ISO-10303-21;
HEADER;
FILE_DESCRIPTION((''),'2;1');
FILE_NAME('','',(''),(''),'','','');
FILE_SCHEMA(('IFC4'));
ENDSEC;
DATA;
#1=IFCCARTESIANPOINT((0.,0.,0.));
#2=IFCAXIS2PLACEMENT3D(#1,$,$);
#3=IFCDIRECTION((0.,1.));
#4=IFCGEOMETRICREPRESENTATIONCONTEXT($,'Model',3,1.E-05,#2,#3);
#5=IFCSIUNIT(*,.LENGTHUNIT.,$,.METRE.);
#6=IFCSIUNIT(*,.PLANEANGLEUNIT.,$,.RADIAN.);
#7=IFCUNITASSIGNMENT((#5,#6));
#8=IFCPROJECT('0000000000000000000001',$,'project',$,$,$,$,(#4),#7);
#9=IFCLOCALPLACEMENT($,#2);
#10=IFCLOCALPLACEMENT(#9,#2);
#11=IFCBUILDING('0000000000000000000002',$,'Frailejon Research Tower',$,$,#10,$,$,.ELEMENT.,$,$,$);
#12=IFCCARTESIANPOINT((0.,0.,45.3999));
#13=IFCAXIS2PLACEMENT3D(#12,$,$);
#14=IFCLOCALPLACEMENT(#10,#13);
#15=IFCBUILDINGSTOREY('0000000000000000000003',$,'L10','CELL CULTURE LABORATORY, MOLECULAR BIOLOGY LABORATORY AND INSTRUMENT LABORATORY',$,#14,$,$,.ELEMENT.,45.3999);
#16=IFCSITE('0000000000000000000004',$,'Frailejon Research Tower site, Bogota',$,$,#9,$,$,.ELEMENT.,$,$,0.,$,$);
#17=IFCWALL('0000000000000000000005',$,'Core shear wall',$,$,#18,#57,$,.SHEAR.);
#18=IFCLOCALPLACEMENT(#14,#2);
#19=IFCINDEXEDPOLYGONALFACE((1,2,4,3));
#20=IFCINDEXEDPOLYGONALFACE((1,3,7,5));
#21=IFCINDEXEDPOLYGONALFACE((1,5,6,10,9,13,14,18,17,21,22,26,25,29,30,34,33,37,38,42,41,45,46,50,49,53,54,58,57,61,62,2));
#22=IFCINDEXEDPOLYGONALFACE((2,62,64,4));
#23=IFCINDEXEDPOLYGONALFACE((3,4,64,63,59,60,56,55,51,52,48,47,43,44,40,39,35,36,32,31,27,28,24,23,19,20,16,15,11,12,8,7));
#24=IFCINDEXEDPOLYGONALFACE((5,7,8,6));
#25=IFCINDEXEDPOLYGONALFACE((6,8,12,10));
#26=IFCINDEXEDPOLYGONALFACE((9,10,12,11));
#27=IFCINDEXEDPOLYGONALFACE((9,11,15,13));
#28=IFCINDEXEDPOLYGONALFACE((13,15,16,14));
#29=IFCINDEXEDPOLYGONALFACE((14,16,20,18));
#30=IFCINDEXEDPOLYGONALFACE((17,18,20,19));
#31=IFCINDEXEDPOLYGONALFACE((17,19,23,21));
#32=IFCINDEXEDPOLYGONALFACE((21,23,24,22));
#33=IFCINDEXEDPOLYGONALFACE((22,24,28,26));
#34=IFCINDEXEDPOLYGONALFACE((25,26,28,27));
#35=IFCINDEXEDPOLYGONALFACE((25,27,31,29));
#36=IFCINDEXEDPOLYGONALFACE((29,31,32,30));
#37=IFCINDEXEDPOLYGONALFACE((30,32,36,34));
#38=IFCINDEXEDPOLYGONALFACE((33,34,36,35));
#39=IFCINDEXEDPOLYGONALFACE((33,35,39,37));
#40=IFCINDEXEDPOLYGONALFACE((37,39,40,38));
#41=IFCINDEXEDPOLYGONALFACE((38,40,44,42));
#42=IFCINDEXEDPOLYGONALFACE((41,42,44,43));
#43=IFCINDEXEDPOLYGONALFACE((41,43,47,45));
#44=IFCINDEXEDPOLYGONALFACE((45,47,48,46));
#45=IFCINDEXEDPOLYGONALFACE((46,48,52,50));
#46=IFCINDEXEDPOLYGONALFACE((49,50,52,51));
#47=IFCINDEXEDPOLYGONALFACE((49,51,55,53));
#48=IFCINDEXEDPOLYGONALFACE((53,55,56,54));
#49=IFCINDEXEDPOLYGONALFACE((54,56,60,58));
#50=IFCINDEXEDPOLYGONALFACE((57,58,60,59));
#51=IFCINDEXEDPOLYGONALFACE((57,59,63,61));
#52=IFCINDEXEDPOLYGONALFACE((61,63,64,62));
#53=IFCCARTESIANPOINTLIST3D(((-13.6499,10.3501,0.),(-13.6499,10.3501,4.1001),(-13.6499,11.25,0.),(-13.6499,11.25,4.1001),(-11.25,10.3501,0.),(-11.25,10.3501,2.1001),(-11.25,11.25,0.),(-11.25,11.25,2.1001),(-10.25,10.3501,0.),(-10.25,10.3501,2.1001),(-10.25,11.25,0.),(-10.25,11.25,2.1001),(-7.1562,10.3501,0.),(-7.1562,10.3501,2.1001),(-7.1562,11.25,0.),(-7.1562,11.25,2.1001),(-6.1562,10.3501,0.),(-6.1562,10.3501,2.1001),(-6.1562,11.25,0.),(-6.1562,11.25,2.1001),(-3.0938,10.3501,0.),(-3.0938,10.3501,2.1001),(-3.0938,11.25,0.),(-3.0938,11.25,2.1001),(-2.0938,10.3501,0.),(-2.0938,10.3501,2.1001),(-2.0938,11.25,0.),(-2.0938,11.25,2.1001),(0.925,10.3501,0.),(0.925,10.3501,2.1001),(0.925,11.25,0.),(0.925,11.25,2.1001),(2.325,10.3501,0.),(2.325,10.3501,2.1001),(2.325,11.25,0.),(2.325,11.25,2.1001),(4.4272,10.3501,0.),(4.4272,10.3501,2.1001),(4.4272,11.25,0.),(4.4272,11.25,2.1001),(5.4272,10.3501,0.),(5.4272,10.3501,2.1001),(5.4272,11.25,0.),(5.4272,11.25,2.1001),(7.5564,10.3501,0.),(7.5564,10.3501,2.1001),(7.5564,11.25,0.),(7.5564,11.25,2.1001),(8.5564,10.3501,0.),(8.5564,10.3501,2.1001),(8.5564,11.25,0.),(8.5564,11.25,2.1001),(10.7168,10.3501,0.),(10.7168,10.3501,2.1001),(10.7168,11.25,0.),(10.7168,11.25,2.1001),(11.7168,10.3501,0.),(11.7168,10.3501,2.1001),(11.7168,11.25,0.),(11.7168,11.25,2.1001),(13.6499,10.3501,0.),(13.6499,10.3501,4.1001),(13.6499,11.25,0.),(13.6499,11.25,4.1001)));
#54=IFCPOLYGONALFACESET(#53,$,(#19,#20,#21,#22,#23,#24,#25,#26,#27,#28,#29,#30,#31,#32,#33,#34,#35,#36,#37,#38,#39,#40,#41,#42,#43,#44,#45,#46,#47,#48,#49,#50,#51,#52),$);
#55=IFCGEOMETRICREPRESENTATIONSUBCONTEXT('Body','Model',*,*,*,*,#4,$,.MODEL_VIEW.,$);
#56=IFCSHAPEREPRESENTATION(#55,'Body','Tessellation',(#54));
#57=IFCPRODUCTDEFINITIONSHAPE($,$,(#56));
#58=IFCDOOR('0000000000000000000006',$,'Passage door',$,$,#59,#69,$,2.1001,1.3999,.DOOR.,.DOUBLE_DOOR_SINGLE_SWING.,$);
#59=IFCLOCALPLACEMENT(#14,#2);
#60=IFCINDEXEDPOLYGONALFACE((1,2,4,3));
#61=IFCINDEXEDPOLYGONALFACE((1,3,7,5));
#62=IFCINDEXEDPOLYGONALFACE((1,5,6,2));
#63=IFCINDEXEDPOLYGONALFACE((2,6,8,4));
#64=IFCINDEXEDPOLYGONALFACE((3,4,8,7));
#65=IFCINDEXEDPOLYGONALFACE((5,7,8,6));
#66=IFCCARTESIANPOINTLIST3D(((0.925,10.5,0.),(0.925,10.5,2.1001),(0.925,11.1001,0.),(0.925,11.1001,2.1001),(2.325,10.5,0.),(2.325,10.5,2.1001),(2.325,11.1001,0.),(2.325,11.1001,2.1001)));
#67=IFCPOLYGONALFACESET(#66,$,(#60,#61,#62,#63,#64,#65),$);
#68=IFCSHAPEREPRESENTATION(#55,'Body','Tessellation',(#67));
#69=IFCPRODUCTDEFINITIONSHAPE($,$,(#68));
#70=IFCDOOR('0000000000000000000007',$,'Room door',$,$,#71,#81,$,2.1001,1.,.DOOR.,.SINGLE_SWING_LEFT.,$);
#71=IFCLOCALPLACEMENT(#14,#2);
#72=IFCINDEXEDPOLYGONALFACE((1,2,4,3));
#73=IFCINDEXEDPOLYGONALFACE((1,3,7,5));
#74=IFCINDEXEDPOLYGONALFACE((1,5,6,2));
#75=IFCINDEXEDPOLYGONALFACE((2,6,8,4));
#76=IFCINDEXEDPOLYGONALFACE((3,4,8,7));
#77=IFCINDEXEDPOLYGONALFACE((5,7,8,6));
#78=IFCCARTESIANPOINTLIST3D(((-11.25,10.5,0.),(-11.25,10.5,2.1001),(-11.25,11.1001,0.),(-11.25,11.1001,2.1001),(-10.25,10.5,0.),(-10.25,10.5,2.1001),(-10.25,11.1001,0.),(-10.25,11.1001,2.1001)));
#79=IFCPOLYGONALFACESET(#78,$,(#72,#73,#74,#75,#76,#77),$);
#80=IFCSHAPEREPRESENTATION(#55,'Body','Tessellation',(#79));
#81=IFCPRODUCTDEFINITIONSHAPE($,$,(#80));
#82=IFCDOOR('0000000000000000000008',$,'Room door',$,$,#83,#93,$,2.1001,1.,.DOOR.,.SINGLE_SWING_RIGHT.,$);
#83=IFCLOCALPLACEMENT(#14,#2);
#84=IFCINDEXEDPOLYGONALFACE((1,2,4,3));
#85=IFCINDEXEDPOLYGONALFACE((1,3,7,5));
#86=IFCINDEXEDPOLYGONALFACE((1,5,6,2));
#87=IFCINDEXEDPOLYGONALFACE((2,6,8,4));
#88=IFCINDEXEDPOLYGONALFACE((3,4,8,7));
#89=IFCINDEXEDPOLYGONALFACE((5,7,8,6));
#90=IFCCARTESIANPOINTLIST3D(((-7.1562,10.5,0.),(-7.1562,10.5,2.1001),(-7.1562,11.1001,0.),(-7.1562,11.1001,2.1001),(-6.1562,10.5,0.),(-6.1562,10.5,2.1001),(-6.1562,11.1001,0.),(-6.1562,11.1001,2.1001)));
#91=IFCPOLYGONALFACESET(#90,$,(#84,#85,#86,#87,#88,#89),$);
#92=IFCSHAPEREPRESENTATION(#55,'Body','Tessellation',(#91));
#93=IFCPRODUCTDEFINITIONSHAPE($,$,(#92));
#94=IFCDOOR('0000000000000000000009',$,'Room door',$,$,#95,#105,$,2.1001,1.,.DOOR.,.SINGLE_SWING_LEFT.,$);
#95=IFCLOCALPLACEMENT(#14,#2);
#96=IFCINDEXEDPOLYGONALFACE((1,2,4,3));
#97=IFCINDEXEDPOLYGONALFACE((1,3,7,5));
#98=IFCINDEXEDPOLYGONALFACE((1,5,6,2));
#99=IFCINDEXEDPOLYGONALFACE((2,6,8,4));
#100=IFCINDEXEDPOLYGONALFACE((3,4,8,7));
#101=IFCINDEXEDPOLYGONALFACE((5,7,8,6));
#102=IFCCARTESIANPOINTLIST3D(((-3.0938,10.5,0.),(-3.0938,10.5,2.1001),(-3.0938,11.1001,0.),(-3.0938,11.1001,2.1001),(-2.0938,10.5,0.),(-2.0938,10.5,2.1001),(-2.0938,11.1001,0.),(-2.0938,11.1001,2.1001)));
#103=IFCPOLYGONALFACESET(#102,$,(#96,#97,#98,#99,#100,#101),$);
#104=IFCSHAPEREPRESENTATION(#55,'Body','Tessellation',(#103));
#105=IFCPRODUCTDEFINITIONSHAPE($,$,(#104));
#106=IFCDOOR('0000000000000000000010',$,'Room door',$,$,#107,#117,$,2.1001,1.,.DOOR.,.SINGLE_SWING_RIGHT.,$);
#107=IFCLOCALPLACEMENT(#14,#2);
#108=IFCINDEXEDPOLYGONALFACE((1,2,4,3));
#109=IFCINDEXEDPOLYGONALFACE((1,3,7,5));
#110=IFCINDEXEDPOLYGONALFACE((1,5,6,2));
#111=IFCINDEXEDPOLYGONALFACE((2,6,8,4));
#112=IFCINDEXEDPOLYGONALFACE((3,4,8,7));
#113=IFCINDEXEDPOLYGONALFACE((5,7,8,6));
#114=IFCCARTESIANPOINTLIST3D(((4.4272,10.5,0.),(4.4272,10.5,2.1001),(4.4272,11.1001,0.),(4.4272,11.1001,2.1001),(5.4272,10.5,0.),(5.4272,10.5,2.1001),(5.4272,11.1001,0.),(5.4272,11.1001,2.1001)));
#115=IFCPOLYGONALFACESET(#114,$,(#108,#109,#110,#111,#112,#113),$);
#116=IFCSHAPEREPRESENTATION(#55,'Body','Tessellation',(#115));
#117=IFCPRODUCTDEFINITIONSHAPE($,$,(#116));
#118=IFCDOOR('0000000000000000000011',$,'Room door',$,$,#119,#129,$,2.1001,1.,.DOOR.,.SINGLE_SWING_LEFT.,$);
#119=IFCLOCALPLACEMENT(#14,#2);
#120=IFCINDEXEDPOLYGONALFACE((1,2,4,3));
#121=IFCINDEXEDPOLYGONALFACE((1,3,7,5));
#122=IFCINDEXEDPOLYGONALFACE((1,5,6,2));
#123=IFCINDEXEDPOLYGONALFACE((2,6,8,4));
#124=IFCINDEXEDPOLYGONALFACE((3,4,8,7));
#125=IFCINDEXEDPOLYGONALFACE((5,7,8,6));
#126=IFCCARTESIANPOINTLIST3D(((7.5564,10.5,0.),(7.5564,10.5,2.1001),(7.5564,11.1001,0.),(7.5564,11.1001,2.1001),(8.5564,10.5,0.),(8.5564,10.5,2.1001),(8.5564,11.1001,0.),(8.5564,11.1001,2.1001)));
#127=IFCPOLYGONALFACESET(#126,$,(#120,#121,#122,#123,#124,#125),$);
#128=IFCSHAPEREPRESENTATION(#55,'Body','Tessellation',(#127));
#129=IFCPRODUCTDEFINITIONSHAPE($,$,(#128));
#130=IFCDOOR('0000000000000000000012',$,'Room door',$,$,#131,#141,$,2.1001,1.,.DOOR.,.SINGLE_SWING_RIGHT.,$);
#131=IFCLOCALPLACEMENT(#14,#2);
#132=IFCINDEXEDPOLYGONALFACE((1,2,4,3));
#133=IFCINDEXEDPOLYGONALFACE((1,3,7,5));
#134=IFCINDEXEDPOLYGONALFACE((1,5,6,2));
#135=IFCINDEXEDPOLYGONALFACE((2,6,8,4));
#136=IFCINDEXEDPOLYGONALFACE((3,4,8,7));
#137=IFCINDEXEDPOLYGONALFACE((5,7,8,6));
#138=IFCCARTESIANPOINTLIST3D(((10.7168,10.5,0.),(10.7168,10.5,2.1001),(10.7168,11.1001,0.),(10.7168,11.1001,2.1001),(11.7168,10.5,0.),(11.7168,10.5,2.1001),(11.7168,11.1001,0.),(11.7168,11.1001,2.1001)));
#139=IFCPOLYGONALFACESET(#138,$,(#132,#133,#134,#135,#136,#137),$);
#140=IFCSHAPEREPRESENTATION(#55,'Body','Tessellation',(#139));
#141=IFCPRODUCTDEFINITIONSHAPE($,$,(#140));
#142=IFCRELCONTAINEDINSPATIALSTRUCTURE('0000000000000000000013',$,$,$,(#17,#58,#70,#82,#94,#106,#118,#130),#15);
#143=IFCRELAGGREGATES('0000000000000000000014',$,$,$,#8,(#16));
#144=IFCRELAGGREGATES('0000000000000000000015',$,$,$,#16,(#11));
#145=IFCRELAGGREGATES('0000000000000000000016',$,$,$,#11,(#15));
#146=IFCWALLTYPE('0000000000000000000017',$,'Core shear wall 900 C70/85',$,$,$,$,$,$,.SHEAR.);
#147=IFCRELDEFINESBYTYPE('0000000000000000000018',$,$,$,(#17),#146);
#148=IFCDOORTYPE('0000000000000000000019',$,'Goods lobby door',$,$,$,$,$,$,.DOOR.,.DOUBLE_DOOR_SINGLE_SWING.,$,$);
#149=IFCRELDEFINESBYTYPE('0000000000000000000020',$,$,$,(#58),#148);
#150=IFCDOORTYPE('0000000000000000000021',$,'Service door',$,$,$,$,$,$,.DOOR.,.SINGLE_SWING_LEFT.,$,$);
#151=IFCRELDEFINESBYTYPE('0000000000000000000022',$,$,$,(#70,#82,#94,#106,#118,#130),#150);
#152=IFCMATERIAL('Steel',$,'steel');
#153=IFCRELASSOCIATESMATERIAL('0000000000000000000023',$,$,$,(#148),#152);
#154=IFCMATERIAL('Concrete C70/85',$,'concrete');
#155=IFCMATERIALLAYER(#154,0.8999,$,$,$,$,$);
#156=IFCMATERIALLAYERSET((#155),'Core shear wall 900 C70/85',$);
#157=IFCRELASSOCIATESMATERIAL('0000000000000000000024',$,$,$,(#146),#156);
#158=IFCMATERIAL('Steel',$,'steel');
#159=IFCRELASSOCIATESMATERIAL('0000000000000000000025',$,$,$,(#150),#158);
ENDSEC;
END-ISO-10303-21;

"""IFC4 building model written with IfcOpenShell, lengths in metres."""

from ifc_helpers import new_model, si_unit, direction, frame, frame_2d, origin, place, context, subcontext, project, spatial, rectangle, extrude, material, layer, layer_set, type_object, element, fill, save


model = new_model("IFC4")

# Units and contexts
model_context = context("Model", 3, precision=1e-05, world=origin(), true_north=direction((0.0, 1.0)))
body_context = subcontext(model_context, "Body", "Model", "MODEL_VIEW")
ifc_project = project(units=[si_unit("LENGTHUNIT", "METRE"), si_unit("PLANEANGLEUNIT", "RADIAN")], contexts=[model_context])

# Site, building, storey
site_placement = place(None, origin())
site = spatial("IfcSite", under=ifc_project, at=site_placement, Name="Frailejon Research Tower site, Bogota", CompositionType="ELEMENT", RefElevation=0.0)
building_placement = place(site_placement, origin())
building = spatial("IfcBuilding", under=site, at=building_placement, Name="Frailejon Research Tower", CompositionType="ELEMENT")
storey_placement = place(building_placement, frame((0.0, 0.0, 45.3999)))
storey = spatial("IfcBuildingStorey", under=building, at=storey_placement, Name="L10", Description="CELL CULTURE LABORATORY, MOLECULAR BIOLOGY LABORATORY AND INSTRUMENT LABORATORY", CompositionType="ELEMENT", Elevation=45.3999)

# Shared definitions
ifc_material_1 = material(Name="Steel", Category="steel")
door_type_1 = type_object("IfcDoorType", Name="Goods lobby door", OperationType="DOUBLE_DOOR_SINGLE_SWING", PredefinedType="DOOR", material=ifc_material_1)

# Wall, openings, doors
ifc_material_2 = material(Name="Concrete C70/85", Category="concrete")
ifc_layer_1 = layer(ifc_material_2, 0.8999)
ifc_layer_set_1 = layer_set([ifc_layer_1], Name="Core shear wall 900 C70/85")
wall_type_1 = type_object("IfcWallType", Name="Core shear wall 900 C70/85", PredefinedType="SHEAR", material=ifc_layer_set_1)
wall_1_placement = place(storey_placement, frame((-13.6499, 10.8, 0.0), z_axis=(0.0, 0.0, 1.0), x_axis=(1.0, 0.0, 0.0)))
wall_1 = element("IfcWall", 1, at=wall_1_placement, inside=storey, type_object=wall_type_1, Name="Core shear wall", PredefinedType="SHEAR", context=body_context, shape_type="SweptSolid", body=[
    extrude(rectangle(XDim=27.2998, YDim=0.8999, at=frame_2d((13.6499, 0.0))), origin(), (0.0, 0.0, 1.0), 4.1001),
])
opening_1_placement = place(wall_1_placement, frame((2.3999, 0.0, 0.0)))
opening_1 = element("IfcOpeningElement", 2, at=opening_1_placement, cuts=wall_1, PredefinedType="OPENING", context=body_context, shape_type="SweptSolid", body=[
    extrude(rectangle(XDim=1.0, YDim=2.1001, at=frame_2d((0.5, 1.05))), frame((0.0, 0.46, 0.0), z_axis=(0.0, -1.0, 0.0), x_axis=(1.0, 0.0, 0.0)), (0.0, 0.0, 1.0), 0.9199),
])
opening_2_placement = place(wall_1_placement, frame((6.4937, 0.0, 0.0)))
opening_2 = element("IfcOpeningElement", 3, at=opening_2_placement, cuts=wall_1, PredefinedType="OPENING", context=body_context, shape_type="SweptSolid", body=[
    extrude(rectangle(XDim=1.0, YDim=2.1001, at=frame_2d((0.5, 1.05))), frame((0.0, 0.46, 0.0), z_axis=(0.0, -1.0, 0.0), x_axis=(1.0, 0.0, 0.0)), (0.0, 0.0, 1.0), 0.9199),
])
opening_3_placement = place(wall_1_placement, frame((10.5562, 0.0, 0.0)))
opening_3 = element("IfcOpeningElement", 4, at=opening_3_placement, cuts=wall_1, PredefinedType="OPENING", context=body_context, shape_type="SweptSolid", body=[
    extrude(rectangle(XDim=1.0, YDim=2.1001, at=frame_2d((0.5, 1.05))), frame((0.0, 0.46, 0.0), z_axis=(0.0, -1.0, 0.0), x_axis=(1.0, 0.0, 0.0)), (0.0, 0.0, 1.0), 0.9199),
])
opening_4_placement = place(wall_1_placement, frame((18.0771, 0.0, 0.0)))
opening_4 = element("IfcOpeningElement", 5, at=opening_4_placement, cuts=wall_1, PredefinedType="OPENING", context=body_context, shape_type="SweptSolid", body=[
    extrude(rectangle(XDim=1.0, YDim=2.1001, at=frame_2d((0.5, 1.05))), frame((0.0, 0.46, 0.0), z_axis=(0.0, -1.0, 0.0), x_axis=(1.0, 0.0, 0.0)), (0.0, 0.0, 1.0), 0.9199),
])
opening_5_placement = place(wall_1_placement, frame((21.2063, 0.0, 0.0)))
opening_5 = element("IfcOpeningElement", 6, at=opening_5_placement, cuts=wall_1, PredefinedType="OPENING", context=body_context, shape_type="SweptSolid", body=[
    extrude(rectangle(XDim=1.0, YDim=2.1001, at=frame_2d((0.5, 1.05))), frame((0.0, 0.46, 0.0), z_axis=(0.0, -1.0, 0.0), x_axis=(1.0, 0.0, 0.0)), (0.0, 0.0, 1.0), 0.9199),
])
opening_6_placement = place(wall_1_placement, frame((24.3667, 0.0, 0.0)))
opening_6 = element("IfcOpeningElement", 7, at=opening_6_placement, cuts=wall_1, PredefinedType="OPENING", context=body_context, shape_type="SweptSolid", body=[
    extrude(rectangle(XDim=1.0, YDim=2.1001, at=frame_2d((0.5, 1.05))), frame((0.0, 0.46, 0.0), z_axis=(0.0, -1.0, 0.0), x_axis=(1.0, 0.0, 0.0)), (0.0, 0.0, 1.0), 0.9199),
])
opening_7_placement = place(wall_1_placement, frame((14.575, 0.0, 0.0)))
opening_7 = element("IfcOpeningElement", 8, at=opening_7_placement, cuts=wall_1, PredefinedType="OPENING", context=body_context, shape_type="SweptSolid", body=[
    extrude(rectangle(XDim=1.3999, YDim=2.1001, at=frame_2d((0.7, 1.05))), frame((0.0, 0.46, 0.0), z_axis=(0.0, -1.0, 0.0), x_axis=(1.0, 0.0, 0.0)), (0.0, 0.0, 1.0), 0.9199),
])
door_1_placement = place(opening_7_placement, origin())
door_1 = element("IfcDoor", 9, at=door_1_placement, inside=storey, type_object=door_type_1, Name="Passage door", OperationType="DOUBLE_DOOR_SINGLE_SWING", OverallHeight=2.1001, OverallWidth=1.3999, PredefinedType="DOOR", context=body_context, shape_type="SweptSolid", body=[
    extrude(rectangle(XDim=1.3999, YDim=2.1001, at=frame_2d((0.7, 1.05))), frame((0.0, 0.3, 0.0), z_axis=(0.0, -1.0, 0.0), x_axis=(1.0, 0.0, 0.0)), (0.0, 0.0, 1.0), 0.6001),
])
fill(opening_7, door_1)
ifc_material_3 = material(Name="Steel", Category="steel")
door_type_2 = type_object("IfcDoorType", Name="Service door", OperationType="SINGLE_SWING_LEFT", PredefinedType="DOOR", material=ifc_material_3)
door_2_placement = place(opening_1_placement, origin())
door_2 = element("IfcDoor", 10, at=door_2_placement, inside=storey, type_object=door_type_2, Name="Room door", OperationType="SINGLE_SWING_LEFT", OverallHeight=2.1001, OverallWidth=1.0, PredefinedType="DOOR", context=body_context, shape_type="SweptSolid", body=[
    extrude(rectangle(XDim=1.0, YDim=2.1001, at=frame_2d((0.5, 1.05))), frame((0.0, 0.3, 0.0), z_axis=(0.0, -1.0, 0.0), x_axis=(1.0, 0.0, 0.0)), (0.0, 0.0, 1.0), 0.6001),
])
fill(opening_1, door_2)
door_3_placement = place(opening_2_placement, origin())
door_3 = element("IfcDoor", 11, at=door_3_placement, inside=storey, type_object=door_type_2, Name="Room door", OperationType="SINGLE_SWING_RIGHT", OverallHeight=2.1001, OverallWidth=1.0, PredefinedType="DOOR", context=body_context, shape_type="SweptSolid", body=[
    extrude(rectangle(XDim=1.0, YDim=2.1001, at=frame_2d((0.5, 1.05))), frame((0.0, 0.3, 0.0), z_axis=(0.0, -1.0, 0.0), x_axis=(1.0, 0.0, 0.0)), (0.0, 0.0, 1.0), 0.6001),
])
fill(opening_2, door_3)
door_4_placement = place(opening_3_placement, origin())
door_4 = element("IfcDoor", 12, at=door_4_placement, inside=storey, type_object=door_type_2, Name="Room door", OperationType="SINGLE_SWING_LEFT", OverallHeight=2.1001, OverallWidth=1.0, PredefinedType="DOOR", context=body_context, shape_type="SweptSolid", body=[
    extrude(rectangle(XDim=1.0, YDim=2.1001, at=frame_2d((0.5, 1.05))), frame((0.0, 0.3, 0.0), z_axis=(0.0, -1.0, 0.0), x_axis=(1.0, 0.0, 0.0)), (0.0, 0.0, 1.0), 0.6001),
])
fill(opening_3, door_4)
door_5_placement = place(opening_4_placement, origin())
door_5 = element("IfcDoor", 13, at=door_5_placement, inside=storey, type_object=door_type_2, Name="Room door", OperationType="SINGLE_SWING_RIGHT", OverallHeight=2.1001, OverallWidth=1.0, PredefinedType="DOOR", context=body_context, shape_type="SweptSolid", body=[
    extrude(rectangle(XDim=1.0, YDim=2.1001, at=frame_2d((0.5, 1.05))), frame((0.0, 0.3, 0.0), z_axis=(0.0, -1.0, 0.0), x_axis=(1.0, 0.0, 0.0)), (0.0, 0.0, 1.0), 0.6001),
])
fill(opening_4, door_5)
door_6_placement = place(opening_5_placement, origin())
door_6 = element("IfcDoor", 14, at=door_6_placement, inside=storey, type_object=door_type_2, Name="Room door", OperationType="SINGLE_SWING_LEFT", OverallHeight=2.1001, OverallWidth=1.0, PredefinedType="DOOR", context=body_context, shape_type="SweptSolid", body=[
    extrude(rectangle(XDim=1.0, YDim=2.1001, at=frame_2d((0.5, 1.05))), frame((0.0, 0.3, 0.0), z_axis=(0.0, -1.0, 0.0), x_axis=(1.0, 0.0, 0.0)), (0.0, 0.0, 1.0), 0.6001),
])
fill(opening_5, door_6)
door_7_placement = place(opening_6_placement, origin())
door_7 = element("IfcDoor", 15, at=door_7_placement, inside=storey, type_object=door_type_2, Name="Room door", OperationType="SINGLE_SWING_RIGHT", OverallHeight=2.1001, OverallWidth=1.0, PredefinedType="DOOR", context=body_context, shape_type="SweptSolid", body=[
    extrude(rectangle(XDim=1.0, YDim=2.1001, at=frame_2d((0.5, 1.05))), frame((0.0, 0.3, 0.0), z_axis=(0.0, -1.0, 0.0), x_axis=(1.0, 0.0, 0.0)), (0.0, 0.0, 1.0), 0.6001),
])
fill(opening_6, door_7)

save(model, "model.ifc")
